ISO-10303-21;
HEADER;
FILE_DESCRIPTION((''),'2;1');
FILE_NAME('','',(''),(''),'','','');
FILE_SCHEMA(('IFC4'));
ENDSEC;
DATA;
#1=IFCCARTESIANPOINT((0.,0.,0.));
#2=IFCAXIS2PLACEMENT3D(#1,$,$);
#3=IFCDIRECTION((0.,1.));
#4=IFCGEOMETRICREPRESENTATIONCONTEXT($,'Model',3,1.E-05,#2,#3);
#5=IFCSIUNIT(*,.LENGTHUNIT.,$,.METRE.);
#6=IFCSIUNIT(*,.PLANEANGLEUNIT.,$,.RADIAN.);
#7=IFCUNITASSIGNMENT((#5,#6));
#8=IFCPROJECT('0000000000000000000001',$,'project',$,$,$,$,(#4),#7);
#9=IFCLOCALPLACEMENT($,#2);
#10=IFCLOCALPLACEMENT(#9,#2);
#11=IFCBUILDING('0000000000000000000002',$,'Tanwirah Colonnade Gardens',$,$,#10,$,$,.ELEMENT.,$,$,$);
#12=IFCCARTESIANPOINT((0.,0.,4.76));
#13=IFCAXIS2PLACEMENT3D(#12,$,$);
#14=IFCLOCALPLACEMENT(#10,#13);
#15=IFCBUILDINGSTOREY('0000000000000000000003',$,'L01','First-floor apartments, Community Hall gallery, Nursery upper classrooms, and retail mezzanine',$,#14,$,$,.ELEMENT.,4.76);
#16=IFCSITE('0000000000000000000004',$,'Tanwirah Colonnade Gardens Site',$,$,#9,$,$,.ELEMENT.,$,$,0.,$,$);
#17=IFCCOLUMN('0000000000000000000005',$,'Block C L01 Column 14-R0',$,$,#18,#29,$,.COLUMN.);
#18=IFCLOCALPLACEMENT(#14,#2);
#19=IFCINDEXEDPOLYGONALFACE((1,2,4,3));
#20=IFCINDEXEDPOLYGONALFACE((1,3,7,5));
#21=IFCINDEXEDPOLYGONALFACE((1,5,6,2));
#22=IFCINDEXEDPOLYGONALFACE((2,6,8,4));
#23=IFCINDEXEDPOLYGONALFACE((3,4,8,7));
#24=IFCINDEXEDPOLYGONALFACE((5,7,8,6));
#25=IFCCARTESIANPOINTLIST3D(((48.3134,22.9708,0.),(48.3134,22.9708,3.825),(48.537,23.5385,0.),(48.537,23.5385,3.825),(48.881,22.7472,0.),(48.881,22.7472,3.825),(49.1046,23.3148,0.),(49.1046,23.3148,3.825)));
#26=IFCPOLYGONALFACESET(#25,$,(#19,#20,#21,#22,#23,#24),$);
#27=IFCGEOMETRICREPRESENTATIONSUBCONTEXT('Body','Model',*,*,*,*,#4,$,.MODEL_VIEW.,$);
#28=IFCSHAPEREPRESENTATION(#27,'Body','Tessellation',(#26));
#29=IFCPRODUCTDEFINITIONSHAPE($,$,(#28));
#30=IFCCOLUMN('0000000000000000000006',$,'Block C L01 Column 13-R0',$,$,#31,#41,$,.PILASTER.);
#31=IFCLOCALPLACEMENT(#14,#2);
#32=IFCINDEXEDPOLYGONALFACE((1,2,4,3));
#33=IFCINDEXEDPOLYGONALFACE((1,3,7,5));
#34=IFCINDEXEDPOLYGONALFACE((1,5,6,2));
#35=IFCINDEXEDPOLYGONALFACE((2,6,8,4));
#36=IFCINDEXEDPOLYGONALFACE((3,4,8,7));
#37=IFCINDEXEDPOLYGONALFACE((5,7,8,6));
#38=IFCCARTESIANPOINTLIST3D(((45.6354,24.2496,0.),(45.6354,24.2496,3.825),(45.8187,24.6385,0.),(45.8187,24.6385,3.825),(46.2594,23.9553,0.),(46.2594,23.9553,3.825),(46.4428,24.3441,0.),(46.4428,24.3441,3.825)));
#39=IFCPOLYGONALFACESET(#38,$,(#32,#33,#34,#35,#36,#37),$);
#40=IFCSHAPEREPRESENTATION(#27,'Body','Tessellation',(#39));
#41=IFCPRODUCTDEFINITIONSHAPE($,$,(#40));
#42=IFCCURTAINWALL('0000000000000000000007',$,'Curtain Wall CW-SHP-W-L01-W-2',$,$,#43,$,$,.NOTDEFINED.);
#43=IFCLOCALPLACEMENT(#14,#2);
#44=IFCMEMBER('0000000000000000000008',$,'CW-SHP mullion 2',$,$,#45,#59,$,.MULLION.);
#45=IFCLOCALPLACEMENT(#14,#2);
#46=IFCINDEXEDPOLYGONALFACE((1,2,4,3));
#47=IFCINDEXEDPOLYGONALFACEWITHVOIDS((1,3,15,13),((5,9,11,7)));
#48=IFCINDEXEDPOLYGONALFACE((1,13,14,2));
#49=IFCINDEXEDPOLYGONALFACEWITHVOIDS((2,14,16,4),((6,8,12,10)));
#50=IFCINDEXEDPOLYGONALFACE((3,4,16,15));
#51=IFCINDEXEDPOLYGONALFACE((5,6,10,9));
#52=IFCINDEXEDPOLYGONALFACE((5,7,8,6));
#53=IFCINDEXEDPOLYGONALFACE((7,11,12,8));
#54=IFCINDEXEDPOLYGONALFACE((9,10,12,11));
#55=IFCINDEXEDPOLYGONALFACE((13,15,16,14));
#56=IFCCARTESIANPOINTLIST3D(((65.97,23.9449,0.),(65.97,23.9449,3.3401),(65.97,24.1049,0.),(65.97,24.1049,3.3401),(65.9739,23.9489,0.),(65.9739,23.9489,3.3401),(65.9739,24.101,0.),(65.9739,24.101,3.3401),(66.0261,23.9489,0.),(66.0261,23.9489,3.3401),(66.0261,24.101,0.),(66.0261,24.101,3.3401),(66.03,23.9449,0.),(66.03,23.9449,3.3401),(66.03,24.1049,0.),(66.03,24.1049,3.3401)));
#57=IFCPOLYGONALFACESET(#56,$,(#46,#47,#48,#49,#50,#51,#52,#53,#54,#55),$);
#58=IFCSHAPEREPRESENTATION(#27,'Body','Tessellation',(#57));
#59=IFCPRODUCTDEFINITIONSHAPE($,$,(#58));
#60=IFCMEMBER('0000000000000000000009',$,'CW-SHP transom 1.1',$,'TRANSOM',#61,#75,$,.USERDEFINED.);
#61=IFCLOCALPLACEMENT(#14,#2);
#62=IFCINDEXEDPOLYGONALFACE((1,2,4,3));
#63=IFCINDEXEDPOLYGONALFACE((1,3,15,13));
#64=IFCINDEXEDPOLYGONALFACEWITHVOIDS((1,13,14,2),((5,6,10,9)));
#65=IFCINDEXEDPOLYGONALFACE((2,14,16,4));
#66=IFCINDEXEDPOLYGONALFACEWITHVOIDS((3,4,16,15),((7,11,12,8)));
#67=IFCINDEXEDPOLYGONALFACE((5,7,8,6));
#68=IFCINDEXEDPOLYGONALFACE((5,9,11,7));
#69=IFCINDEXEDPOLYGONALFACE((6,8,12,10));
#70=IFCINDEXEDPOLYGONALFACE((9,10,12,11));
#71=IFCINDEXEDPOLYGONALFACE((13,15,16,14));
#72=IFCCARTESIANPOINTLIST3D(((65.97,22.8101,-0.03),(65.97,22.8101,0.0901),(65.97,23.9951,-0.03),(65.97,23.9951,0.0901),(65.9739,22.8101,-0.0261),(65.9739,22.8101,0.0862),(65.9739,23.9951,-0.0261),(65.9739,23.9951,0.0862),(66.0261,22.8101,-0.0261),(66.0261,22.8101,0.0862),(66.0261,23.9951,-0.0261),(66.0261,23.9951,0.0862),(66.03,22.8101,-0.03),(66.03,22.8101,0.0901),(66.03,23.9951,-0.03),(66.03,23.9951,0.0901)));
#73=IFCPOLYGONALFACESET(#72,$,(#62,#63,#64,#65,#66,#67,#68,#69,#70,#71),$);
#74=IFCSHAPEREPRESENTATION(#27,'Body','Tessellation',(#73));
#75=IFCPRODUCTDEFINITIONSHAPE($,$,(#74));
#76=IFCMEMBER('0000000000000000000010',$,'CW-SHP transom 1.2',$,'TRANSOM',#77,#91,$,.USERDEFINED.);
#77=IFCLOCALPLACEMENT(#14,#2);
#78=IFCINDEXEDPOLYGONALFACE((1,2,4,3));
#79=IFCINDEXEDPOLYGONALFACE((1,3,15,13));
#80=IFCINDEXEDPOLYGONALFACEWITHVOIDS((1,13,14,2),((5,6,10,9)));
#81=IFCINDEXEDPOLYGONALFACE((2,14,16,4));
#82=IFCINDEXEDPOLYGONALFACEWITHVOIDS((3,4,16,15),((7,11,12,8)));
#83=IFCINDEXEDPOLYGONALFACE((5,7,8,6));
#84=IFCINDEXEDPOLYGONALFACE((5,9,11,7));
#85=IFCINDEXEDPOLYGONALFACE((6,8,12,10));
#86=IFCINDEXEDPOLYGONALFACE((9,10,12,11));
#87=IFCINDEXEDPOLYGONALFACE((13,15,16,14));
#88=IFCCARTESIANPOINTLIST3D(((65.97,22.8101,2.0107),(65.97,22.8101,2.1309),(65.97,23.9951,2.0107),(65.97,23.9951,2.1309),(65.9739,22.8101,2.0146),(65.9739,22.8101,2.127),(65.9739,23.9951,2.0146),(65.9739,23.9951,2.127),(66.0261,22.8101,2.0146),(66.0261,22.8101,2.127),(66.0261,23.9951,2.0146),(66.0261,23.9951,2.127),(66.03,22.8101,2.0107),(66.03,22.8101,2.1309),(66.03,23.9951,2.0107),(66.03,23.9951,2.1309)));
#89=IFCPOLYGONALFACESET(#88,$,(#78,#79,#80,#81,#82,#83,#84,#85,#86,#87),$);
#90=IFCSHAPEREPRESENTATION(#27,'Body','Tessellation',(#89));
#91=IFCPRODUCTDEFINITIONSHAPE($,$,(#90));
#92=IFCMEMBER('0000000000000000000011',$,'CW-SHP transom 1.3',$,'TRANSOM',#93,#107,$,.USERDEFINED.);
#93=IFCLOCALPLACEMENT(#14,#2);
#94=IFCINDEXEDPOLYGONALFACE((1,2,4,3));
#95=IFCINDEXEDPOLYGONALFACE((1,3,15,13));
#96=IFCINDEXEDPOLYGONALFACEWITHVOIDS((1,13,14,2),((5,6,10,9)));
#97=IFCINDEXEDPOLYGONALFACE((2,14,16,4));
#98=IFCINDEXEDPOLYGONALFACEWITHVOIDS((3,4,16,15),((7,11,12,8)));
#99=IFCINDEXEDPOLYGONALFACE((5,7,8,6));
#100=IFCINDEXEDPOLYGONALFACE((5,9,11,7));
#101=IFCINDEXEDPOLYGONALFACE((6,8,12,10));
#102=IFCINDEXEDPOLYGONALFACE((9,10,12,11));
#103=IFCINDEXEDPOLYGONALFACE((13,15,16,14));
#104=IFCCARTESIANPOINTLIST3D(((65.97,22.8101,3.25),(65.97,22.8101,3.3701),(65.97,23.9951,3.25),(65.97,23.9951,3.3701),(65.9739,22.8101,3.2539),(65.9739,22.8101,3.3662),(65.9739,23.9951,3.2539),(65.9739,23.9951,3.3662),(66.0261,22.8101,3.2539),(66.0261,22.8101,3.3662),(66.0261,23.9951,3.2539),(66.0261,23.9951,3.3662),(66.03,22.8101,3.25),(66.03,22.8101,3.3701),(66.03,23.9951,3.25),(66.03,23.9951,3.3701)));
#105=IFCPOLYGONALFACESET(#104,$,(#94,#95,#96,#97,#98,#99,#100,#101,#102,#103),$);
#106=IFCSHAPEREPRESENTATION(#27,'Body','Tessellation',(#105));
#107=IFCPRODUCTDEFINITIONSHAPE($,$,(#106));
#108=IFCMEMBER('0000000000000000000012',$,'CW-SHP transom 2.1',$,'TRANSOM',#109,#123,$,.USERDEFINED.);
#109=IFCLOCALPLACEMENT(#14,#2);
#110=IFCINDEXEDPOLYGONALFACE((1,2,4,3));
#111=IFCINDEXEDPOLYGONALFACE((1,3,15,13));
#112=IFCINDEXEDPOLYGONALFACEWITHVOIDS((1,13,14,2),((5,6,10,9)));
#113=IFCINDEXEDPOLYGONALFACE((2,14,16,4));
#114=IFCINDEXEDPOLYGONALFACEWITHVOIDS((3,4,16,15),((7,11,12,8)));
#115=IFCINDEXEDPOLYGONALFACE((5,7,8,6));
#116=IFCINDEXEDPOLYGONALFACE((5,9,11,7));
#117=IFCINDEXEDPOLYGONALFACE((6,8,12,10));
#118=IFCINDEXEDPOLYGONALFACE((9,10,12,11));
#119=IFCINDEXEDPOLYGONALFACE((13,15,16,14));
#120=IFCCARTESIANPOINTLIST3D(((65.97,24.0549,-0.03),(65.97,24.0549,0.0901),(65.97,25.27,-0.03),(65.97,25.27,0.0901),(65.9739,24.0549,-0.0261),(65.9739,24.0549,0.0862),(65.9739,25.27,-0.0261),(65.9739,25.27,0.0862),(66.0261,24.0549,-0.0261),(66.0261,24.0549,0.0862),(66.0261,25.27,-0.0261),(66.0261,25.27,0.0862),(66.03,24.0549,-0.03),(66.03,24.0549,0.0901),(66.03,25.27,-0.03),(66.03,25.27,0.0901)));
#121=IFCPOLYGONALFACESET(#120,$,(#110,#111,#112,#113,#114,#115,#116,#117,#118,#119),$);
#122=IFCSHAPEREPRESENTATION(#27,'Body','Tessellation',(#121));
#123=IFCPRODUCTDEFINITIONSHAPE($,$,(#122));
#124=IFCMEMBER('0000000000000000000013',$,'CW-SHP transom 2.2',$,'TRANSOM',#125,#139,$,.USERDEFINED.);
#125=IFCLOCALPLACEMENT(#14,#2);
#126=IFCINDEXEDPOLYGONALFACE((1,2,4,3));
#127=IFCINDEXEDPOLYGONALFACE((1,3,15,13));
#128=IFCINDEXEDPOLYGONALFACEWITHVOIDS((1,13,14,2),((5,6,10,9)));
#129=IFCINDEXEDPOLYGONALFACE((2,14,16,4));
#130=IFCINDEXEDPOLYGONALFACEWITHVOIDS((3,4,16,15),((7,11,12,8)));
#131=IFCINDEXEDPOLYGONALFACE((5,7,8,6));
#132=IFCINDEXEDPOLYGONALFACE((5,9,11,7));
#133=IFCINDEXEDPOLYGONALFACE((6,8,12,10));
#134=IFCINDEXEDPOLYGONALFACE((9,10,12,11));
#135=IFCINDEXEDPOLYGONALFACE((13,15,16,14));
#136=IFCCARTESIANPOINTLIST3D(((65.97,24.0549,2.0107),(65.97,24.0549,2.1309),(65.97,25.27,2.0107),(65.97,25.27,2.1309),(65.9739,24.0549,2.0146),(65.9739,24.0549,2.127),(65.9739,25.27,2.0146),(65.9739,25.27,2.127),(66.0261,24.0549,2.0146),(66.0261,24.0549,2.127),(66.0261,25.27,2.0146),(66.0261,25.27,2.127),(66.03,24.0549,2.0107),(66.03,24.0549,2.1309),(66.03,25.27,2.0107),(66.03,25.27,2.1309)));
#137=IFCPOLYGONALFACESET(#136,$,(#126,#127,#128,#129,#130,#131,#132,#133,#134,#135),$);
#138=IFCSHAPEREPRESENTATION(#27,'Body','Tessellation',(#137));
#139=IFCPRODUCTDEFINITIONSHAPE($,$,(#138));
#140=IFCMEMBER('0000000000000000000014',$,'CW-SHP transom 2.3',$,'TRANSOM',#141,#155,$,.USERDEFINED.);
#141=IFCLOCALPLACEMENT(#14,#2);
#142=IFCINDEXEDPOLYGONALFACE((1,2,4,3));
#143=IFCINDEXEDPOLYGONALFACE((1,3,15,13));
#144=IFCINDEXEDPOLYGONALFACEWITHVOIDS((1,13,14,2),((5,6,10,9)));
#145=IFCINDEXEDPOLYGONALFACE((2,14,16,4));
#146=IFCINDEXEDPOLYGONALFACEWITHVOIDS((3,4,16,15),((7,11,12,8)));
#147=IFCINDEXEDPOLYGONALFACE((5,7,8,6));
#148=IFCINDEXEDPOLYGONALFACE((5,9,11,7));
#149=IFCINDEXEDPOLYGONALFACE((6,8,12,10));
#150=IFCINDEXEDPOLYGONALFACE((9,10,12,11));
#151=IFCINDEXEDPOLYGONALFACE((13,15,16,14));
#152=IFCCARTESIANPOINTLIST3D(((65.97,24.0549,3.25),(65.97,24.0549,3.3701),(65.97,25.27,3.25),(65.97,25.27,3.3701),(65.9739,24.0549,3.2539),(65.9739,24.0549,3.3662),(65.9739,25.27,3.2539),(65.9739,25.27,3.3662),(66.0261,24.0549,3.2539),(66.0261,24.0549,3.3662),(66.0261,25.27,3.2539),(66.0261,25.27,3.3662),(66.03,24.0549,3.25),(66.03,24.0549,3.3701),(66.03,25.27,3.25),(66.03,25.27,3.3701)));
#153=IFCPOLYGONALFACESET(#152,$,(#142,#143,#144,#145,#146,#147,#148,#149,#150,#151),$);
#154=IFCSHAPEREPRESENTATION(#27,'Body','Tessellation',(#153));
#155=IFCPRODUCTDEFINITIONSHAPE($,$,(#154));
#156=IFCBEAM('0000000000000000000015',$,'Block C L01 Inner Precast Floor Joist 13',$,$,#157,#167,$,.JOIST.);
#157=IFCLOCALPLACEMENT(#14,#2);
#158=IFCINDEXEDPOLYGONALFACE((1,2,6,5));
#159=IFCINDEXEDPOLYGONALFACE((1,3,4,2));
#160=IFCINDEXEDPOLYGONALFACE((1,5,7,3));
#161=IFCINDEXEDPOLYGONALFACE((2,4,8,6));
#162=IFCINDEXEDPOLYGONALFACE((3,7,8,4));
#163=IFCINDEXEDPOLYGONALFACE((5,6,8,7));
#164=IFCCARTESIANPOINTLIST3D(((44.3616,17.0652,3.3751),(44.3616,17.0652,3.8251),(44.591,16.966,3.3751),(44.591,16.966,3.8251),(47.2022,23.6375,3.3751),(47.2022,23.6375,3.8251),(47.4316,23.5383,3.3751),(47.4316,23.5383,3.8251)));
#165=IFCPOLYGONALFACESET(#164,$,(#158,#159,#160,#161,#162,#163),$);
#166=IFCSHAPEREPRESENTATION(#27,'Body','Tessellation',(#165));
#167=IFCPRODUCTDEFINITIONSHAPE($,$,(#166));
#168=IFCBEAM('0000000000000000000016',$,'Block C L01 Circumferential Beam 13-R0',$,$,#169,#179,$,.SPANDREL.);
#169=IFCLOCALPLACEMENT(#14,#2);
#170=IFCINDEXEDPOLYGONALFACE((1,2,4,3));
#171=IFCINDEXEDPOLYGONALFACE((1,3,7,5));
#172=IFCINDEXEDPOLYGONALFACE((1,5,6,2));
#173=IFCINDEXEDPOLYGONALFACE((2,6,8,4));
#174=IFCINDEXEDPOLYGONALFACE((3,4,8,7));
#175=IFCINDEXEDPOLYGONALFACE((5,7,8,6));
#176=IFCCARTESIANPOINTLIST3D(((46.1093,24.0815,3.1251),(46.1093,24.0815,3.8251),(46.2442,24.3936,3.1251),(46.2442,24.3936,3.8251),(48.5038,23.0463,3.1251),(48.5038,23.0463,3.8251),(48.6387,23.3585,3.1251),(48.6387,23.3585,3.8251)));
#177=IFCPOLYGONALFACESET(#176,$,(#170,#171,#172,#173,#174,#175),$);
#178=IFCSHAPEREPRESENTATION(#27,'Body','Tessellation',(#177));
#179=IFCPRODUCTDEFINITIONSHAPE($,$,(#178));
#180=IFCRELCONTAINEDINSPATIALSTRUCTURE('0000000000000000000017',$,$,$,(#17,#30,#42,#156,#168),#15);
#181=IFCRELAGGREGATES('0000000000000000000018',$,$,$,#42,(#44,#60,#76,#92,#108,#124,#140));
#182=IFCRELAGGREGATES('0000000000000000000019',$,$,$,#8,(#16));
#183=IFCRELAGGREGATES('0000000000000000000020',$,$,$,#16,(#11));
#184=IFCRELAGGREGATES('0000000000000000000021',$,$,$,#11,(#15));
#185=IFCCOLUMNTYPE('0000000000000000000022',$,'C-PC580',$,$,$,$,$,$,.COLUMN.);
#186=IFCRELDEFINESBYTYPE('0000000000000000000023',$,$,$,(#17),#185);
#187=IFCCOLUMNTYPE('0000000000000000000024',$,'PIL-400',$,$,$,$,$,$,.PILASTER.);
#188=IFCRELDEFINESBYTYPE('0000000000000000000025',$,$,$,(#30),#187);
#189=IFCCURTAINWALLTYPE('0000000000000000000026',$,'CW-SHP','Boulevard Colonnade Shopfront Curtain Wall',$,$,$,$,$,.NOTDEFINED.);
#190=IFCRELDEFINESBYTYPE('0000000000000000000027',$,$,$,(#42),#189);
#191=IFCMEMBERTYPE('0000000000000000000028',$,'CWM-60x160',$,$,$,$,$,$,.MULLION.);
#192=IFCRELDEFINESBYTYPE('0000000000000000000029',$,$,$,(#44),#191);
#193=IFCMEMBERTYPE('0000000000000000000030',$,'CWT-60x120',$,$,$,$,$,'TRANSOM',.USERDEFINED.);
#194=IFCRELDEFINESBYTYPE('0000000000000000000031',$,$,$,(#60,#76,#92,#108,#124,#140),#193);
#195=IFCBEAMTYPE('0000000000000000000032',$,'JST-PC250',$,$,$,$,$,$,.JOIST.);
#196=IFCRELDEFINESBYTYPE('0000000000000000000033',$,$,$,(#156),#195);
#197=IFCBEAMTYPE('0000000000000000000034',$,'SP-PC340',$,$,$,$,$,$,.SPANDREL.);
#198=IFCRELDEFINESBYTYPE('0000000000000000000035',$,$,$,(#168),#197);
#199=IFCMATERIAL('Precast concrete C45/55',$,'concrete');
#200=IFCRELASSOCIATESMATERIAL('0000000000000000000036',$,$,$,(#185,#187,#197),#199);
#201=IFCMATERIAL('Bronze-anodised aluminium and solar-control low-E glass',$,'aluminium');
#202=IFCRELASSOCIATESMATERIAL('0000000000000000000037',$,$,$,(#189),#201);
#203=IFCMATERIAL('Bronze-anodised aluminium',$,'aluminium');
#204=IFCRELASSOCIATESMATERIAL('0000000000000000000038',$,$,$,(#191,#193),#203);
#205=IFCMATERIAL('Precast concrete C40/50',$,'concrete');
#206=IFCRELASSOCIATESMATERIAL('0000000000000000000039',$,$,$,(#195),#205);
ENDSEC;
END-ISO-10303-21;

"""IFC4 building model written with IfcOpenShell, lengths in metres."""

from ifc_helpers import new_model, si_unit, direction, frame, origin, origin_2d, place, context, subcontext, project, spatial, rectangle, hollow_rectangle, extrude, material, material_profile, profile_set, type_object, element, aggregate, save


model = new_model("IFC4")

# Units and contexts
model_context = context("Model", 3, precision=1e-05, world=origin(), true_north=direction((0.0, 1.0)))
body_context = subcontext(model_context, "Body", "Model", "MODEL_VIEW")
ifc_project = project(units=[si_unit("LENGTHUNIT", "METRE"), si_unit("PLANEANGLEUNIT", "RADIAN")], contexts=[model_context])

# Site, building, storey
site_placement = place(None, origin())
site = spatial("IfcSite", under=ifc_project, at=site_placement, Name="Tanwirah Colonnade Gardens Site", CompositionType="ELEMENT", RefElevation=0.0)
building_placement = place(site_placement, origin())
building = spatial("IfcBuilding", under=site, at=building_placement, Name="Tanwirah Colonnade Gardens", CompositionType="ELEMENT")
storey_placement = place(building_placement, frame((0.0, 0.0, 4.76)))
storey = spatial("IfcBuildingStorey", under=building, at=storey_placement, Name="L01", Description="First-floor apartments, Community Hall gallery, Nursery upper classrooms, and retail mezzanine", CompositionType="ELEMENT", Elevation=4.76)

# Columns
ifc_material_1 = material(Name="Precast concrete C45/55", Category="concrete")
ifc_material_profile_1 = material_profile(ifc_material_1, rectangle(XDim=0.6101, YDim=0.6101, at=origin_2d()), Name="PC-COL 610x610")
ifc_profile_set_1 = profile_set([ifc_material_profile_1], Name="Precast concrete C45/55")
column_type_1 = type_object("IfcColumnType", Name="C-PC580", PredefinedType="COLUMN", material=ifc_profile_set_1)
column_1_placement = place(storey_placement, frame((48.709, 23.1428, 0.0), z_axis=(0.0, 0.0, 1.0), x_axis=(-0.366501, -0.930418, 0.0)))
element("IfcColumn", 1, at=column_1_placement, inside=storey, type_object=column_type_1, Name="Block C L01 Column 14-R0", PredefinedType="COLUMN", context=body_context, shape_type="SweptSolid", body=[
    extrude(rectangle(XDim=0.6101, YDim=0.6101, at=origin_2d()), origin(), (0.0, 0.0, 1.0), 3.825),
])
ifc_material_profile_2 = material_profile(ifc_material_1, rectangle(XDim=0.4299, YDim=0.6899, at=origin_2d()), Name="PC-PIL 430x690")
ifc_profile_set_2 = profile_set([ifc_material_profile_2], Name="Precast concrete C45/55")
column_type_2 = type_object("IfcColumnType", Name="PIL-400", PredefinedType="PILASTER", material=ifc_profile_set_2)
column_2_placement = place(storey_placement, frame((46.0391, 24.2969, 0.0), z_axis=(0.0, 0.0, 1.0), x_axis=(-0.426569, -0.904455, 0.0)))
element("IfcColumn", 2, at=column_2_placement, inside=storey, type_object=column_type_2, Name="Block C L01 Column 13-R0", PredefinedType="PILASTER", context=body_context, shape_type="SweptSolid", body=[
    extrude(rectangle(XDim=0.4299, YDim=0.6899, at=origin_2d()), origin(), (0.0, 0.0, 1.0), 3.825),
])

# Curtain wall, members
ifc_material_2 = material(Name="Bronze-anodised aluminium and solar-control low-E glass", Category="aluminium")
curtain_wall_type = type_object("IfcCurtainWallType", Name="CW-SHP", Description="Boulevard Colonnade Shopfront Curtain Wall", PredefinedType="NOTDEFINED", material=ifc_material_2)
curtain_wall_placement = place(storey_placement, origin())
curtain_wall = element("IfcCurtainWall", 3, at=curtain_wall_placement, inside=storey, type_object=curtain_wall_type, Name="Curtain Wall CW-SHP-W-L01-W-2", PredefinedType="NOTDEFINED")
ifc_material_3 = material(Name="Bronze-anodised aluminium", Category="aluminium")
ifc_material_profile_3 = material_profile(ifc_material_3, hollow_rectangle(XDim=0.0601, YDim=0.1599, WallThickness=0.0039, at=origin_2d()), Name="CW-MUL 60x160x4")
ifc_profile_set_3 = profile_set([ifc_material_profile_3], Name="Bronze-anodised aluminium")
member_type_1 = type_object("IfcMemberType", Name="CWM-60x160", PredefinedType="MULLION", material=ifc_profile_set_3)
member_1_placement = place(storey_placement, frame((66.0, 24.0249, 0.0), z_axis=(0.0, 0.0, 1.0), x_axis=(-1.0, 0.0, 0.0)))
member_1 = element("IfcMember", 4, at=member_1_placement, type_object=member_type_1, Name="CW-SHP mullion 2", PredefinedType="MULLION", context=body_context, shape_type="SweptSolid", body=[
    extrude(hollow_rectangle(XDim=0.0601, YDim=0.1599, WallThickness=0.0039, at=origin_2d()), origin(), (0.0, 0.0, 1.0), 3.3401),
])
ifc_material_profile_4 = material_profile(ifc_material_3, hollow_rectangle(XDim=0.0601, YDim=0.1201, WallThickness=0.0039, at=origin_2d()), Name="CW-TRN 60x120x4")
ifc_profile_set_4 = profile_set([ifc_material_profile_4], Name="Bronze-anodised aluminium")
member_type_2 = type_object("IfcMemberType", Name="CWT-60x120", ElementType="TRANSOM", PredefinedType="USERDEFINED", material=ifc_profile_set_4)
member_2_placement = place(storey_placement, frame((66.0, 22.8101, 0.03), z_axis=(0.0, 1.0, 0.0), x_axis=(-1.0, 0.0, 0.0)))
member_2 = element("IfcMember", 5, at=member_2_placement, type_object=member_type_2, Name="CW-SHP transom 1.1", ObjectType="TRANSOM", PredefinedType="USERDEFINED", context=body_context, shape_type="SweptSolid", body=[
    extrude(hollow_rectangle(XDim=0.0601, YDim=0.1201, WallThickness=0.0039, at=origin_2d()), origin(), (0.0, 0.0, 1.0), 1.1851),
])
member_3_placement = place(storey_placement, frame((66.0, 22.8101, 2.0708), z_axis=(0.0, 1.0, 0.0), x_axis=(-1.0, 0.0, 0.0)))
member_3 = element("IfcMember", 6, at=member_3_placement, type_object=member_type_2, Name="CW-SHP transom 1.2", ObjectType="TRANSOM", PredefinedType="USERDEFINED", context=body_context, shape_type="SweptSolid", body=[
    extrude(hollow_rectangle(XDim=0.0601, YDim=0.1201, WallThickness=0.0039, at=origin_2d()), origin(), (0.0, 0.0, 1.0), 1.1851),
])
member_4_placement = place(storey_placement, frame((66.0, 22.8101, 3.3101), z_axis=(0.0, 1.0, 0.0), x_axis=(-1.0, 0.0, 0.0)))
member_4 = element("IfcMember", 7, at=member_4_placement, type_object=member_type_2, Name="CW-SHP transom 1.3", ObjectType="TRANSOM", PredefinedType="USERDEFINED", context=body_context, shape_type="SweptSolid", body=[
    extrude(hollow_rectangle(XDim=0.0601, YDim=0.1201, WallThickness=0.0039, at=origin_2d()), origin(), (0.0, 0.0, 1.0), 1.1851),
])
member_5_placement = place(storey_placement, frame((66.0, 24.0549, 0.03), z_axis=(0.0, 1.0, 0.0), x_axis=(-1.0, 0.0, 0.0)))
member_5 = element("IfcMember", 8, at=member_5_placement, type_object=member_type_2, Name="CW-SHP transom 2.1", ObjectType="TRANSOM", PredefinedType="USERDEFINED", context=body_context, shape_type="SweptSolid", body=[
    extrude(hollow_rectangle(XDim=0.0601, YDim=0.1201, WallThickness=0.0039, at=origin_2d()), origin(), (0.0, 0.0, 1.0), 1.2151),
])
member_6_placement = place(storey_placement, frame((66.0, 24.0549, 2.0708), z_axis=(0.0, 1.0, 0.0), x_axis=(-1.0, 0.0, 0.0)))
member_6 = element("IfcMember", 9, at=member_6_placement, type_object=member_type_2, Name="CW-SHP transom 2.2", ObjectType="TRANSOM", PredefinedType="USERDEFINED", context=body_context, shape_type="SweptSolid", body=[
    extrude(hollow_rectangle(XDim=0.0601, YDim=0.1201, WallThickness=0.0039, at=origin_2d()), origin(), (0.0, 0.0, 1.0), 1.2151),
])
member_7_placement = place(storey_placement, frame((66.0, 24.0549, 3.3101), z_axis=(0.0, 1.0, 0.0), x_axis=(-1.0, 0.0, 0.0)))
member_7 = element("IfcMember", 10, at=member_7_placement, type_object=member_type_2, Name="CW-SHP transom 2.3", ObjectType="TRANSOM", PredefinedType="USERDEFINED", context=body_context, shape_type="SweptSolid", body=[
    extrude(hollow_rectangle(XDim=0.0601, YDim=0.1201, WallThickness=0.0039, at=origin_2d()), origin(), (0.0, 0.0, 1.0), 1.2151),
])

# Beams
ifc_material_4 = material(Name="Precast concrete C40/50", Category="concrete")
ifc_material_profile_5 = material_profile(ifc_material_4, rectangle(XDim=0.25, YDim=0.45, at=origin_2d()), Name="PC-JST 250x450")
ifc_profile_set_5 = profile_set([ifc_material_profile_5], Name="Precast concrete C40/50")
beam_type_1 = type_object("IfcBeamType", Name="JST-PC250", PredefinedType="JOIST", material=ifc_profile_set_5)
beam_placement = place(storey_placement, frame((47.3169, 23.5879, 3.6001), z_axis=(-0.396736, -0.917933, 0.0), x_axis=(0.917933, -0.396736, 0.0)))
element("IfcBeam", 11, at=beam_placement, inside=storey, type_object=beam_type_1, Name="Block C L01 Inner Precast Floor Joist 13", PredefinedType="JOIST", context=body_context, shape_type="SweptSolid", body=[
    extrude(rectangle(XDim=0.25, YDim=0.45, at=origin_2d()), origin(), (0.0, 0.0, 1.0), 7.1599),
])
ifc_material_profile_6 = material_profile(ifc_material_1, rectangle(XDim=0.3401, YDim=0.7, at=origin_2d()), Name="PC-SP 340x700")
ifc_profile_set_6 = profile_set([ifc_material_profile_6], Name="Precast concrete C45/55")
beam_type_2 = type_object("IfcBeamType", Name="SP-PC340", PredefinedType="SPANDREL", material=ifc_profile_set_6)
for number, where, z_axis, x_axis, name in (
    (12, (46.1768, 24.2375, 3.4751), (0.917901, -0.396809, 0.0), (0.396809, 0.917901, 0.0), "Block C L01 Circumferential Beam 13-R0"),
):
    element("IfcBeam", number, at=place(storey_placement, frame(where, z_axis=z_axis, x_axis=x_axis)), inside=storey, type_object=beam_type_2, Name=name, PredefinedType="SPANDREL", context=body_context, shape_type="SweptSolid", body=[
        extrude(rectangle(XDim=0.3401, YDim=0.7, at=origin_2d()), origin(), (0.0, 0.0, 1.0), 2.6086),
    ])

aggregate(curtain_wall, [member_1, member_2, member_3, member_4, member_5, member_6, member_7])

save(model, "model.ifc")
